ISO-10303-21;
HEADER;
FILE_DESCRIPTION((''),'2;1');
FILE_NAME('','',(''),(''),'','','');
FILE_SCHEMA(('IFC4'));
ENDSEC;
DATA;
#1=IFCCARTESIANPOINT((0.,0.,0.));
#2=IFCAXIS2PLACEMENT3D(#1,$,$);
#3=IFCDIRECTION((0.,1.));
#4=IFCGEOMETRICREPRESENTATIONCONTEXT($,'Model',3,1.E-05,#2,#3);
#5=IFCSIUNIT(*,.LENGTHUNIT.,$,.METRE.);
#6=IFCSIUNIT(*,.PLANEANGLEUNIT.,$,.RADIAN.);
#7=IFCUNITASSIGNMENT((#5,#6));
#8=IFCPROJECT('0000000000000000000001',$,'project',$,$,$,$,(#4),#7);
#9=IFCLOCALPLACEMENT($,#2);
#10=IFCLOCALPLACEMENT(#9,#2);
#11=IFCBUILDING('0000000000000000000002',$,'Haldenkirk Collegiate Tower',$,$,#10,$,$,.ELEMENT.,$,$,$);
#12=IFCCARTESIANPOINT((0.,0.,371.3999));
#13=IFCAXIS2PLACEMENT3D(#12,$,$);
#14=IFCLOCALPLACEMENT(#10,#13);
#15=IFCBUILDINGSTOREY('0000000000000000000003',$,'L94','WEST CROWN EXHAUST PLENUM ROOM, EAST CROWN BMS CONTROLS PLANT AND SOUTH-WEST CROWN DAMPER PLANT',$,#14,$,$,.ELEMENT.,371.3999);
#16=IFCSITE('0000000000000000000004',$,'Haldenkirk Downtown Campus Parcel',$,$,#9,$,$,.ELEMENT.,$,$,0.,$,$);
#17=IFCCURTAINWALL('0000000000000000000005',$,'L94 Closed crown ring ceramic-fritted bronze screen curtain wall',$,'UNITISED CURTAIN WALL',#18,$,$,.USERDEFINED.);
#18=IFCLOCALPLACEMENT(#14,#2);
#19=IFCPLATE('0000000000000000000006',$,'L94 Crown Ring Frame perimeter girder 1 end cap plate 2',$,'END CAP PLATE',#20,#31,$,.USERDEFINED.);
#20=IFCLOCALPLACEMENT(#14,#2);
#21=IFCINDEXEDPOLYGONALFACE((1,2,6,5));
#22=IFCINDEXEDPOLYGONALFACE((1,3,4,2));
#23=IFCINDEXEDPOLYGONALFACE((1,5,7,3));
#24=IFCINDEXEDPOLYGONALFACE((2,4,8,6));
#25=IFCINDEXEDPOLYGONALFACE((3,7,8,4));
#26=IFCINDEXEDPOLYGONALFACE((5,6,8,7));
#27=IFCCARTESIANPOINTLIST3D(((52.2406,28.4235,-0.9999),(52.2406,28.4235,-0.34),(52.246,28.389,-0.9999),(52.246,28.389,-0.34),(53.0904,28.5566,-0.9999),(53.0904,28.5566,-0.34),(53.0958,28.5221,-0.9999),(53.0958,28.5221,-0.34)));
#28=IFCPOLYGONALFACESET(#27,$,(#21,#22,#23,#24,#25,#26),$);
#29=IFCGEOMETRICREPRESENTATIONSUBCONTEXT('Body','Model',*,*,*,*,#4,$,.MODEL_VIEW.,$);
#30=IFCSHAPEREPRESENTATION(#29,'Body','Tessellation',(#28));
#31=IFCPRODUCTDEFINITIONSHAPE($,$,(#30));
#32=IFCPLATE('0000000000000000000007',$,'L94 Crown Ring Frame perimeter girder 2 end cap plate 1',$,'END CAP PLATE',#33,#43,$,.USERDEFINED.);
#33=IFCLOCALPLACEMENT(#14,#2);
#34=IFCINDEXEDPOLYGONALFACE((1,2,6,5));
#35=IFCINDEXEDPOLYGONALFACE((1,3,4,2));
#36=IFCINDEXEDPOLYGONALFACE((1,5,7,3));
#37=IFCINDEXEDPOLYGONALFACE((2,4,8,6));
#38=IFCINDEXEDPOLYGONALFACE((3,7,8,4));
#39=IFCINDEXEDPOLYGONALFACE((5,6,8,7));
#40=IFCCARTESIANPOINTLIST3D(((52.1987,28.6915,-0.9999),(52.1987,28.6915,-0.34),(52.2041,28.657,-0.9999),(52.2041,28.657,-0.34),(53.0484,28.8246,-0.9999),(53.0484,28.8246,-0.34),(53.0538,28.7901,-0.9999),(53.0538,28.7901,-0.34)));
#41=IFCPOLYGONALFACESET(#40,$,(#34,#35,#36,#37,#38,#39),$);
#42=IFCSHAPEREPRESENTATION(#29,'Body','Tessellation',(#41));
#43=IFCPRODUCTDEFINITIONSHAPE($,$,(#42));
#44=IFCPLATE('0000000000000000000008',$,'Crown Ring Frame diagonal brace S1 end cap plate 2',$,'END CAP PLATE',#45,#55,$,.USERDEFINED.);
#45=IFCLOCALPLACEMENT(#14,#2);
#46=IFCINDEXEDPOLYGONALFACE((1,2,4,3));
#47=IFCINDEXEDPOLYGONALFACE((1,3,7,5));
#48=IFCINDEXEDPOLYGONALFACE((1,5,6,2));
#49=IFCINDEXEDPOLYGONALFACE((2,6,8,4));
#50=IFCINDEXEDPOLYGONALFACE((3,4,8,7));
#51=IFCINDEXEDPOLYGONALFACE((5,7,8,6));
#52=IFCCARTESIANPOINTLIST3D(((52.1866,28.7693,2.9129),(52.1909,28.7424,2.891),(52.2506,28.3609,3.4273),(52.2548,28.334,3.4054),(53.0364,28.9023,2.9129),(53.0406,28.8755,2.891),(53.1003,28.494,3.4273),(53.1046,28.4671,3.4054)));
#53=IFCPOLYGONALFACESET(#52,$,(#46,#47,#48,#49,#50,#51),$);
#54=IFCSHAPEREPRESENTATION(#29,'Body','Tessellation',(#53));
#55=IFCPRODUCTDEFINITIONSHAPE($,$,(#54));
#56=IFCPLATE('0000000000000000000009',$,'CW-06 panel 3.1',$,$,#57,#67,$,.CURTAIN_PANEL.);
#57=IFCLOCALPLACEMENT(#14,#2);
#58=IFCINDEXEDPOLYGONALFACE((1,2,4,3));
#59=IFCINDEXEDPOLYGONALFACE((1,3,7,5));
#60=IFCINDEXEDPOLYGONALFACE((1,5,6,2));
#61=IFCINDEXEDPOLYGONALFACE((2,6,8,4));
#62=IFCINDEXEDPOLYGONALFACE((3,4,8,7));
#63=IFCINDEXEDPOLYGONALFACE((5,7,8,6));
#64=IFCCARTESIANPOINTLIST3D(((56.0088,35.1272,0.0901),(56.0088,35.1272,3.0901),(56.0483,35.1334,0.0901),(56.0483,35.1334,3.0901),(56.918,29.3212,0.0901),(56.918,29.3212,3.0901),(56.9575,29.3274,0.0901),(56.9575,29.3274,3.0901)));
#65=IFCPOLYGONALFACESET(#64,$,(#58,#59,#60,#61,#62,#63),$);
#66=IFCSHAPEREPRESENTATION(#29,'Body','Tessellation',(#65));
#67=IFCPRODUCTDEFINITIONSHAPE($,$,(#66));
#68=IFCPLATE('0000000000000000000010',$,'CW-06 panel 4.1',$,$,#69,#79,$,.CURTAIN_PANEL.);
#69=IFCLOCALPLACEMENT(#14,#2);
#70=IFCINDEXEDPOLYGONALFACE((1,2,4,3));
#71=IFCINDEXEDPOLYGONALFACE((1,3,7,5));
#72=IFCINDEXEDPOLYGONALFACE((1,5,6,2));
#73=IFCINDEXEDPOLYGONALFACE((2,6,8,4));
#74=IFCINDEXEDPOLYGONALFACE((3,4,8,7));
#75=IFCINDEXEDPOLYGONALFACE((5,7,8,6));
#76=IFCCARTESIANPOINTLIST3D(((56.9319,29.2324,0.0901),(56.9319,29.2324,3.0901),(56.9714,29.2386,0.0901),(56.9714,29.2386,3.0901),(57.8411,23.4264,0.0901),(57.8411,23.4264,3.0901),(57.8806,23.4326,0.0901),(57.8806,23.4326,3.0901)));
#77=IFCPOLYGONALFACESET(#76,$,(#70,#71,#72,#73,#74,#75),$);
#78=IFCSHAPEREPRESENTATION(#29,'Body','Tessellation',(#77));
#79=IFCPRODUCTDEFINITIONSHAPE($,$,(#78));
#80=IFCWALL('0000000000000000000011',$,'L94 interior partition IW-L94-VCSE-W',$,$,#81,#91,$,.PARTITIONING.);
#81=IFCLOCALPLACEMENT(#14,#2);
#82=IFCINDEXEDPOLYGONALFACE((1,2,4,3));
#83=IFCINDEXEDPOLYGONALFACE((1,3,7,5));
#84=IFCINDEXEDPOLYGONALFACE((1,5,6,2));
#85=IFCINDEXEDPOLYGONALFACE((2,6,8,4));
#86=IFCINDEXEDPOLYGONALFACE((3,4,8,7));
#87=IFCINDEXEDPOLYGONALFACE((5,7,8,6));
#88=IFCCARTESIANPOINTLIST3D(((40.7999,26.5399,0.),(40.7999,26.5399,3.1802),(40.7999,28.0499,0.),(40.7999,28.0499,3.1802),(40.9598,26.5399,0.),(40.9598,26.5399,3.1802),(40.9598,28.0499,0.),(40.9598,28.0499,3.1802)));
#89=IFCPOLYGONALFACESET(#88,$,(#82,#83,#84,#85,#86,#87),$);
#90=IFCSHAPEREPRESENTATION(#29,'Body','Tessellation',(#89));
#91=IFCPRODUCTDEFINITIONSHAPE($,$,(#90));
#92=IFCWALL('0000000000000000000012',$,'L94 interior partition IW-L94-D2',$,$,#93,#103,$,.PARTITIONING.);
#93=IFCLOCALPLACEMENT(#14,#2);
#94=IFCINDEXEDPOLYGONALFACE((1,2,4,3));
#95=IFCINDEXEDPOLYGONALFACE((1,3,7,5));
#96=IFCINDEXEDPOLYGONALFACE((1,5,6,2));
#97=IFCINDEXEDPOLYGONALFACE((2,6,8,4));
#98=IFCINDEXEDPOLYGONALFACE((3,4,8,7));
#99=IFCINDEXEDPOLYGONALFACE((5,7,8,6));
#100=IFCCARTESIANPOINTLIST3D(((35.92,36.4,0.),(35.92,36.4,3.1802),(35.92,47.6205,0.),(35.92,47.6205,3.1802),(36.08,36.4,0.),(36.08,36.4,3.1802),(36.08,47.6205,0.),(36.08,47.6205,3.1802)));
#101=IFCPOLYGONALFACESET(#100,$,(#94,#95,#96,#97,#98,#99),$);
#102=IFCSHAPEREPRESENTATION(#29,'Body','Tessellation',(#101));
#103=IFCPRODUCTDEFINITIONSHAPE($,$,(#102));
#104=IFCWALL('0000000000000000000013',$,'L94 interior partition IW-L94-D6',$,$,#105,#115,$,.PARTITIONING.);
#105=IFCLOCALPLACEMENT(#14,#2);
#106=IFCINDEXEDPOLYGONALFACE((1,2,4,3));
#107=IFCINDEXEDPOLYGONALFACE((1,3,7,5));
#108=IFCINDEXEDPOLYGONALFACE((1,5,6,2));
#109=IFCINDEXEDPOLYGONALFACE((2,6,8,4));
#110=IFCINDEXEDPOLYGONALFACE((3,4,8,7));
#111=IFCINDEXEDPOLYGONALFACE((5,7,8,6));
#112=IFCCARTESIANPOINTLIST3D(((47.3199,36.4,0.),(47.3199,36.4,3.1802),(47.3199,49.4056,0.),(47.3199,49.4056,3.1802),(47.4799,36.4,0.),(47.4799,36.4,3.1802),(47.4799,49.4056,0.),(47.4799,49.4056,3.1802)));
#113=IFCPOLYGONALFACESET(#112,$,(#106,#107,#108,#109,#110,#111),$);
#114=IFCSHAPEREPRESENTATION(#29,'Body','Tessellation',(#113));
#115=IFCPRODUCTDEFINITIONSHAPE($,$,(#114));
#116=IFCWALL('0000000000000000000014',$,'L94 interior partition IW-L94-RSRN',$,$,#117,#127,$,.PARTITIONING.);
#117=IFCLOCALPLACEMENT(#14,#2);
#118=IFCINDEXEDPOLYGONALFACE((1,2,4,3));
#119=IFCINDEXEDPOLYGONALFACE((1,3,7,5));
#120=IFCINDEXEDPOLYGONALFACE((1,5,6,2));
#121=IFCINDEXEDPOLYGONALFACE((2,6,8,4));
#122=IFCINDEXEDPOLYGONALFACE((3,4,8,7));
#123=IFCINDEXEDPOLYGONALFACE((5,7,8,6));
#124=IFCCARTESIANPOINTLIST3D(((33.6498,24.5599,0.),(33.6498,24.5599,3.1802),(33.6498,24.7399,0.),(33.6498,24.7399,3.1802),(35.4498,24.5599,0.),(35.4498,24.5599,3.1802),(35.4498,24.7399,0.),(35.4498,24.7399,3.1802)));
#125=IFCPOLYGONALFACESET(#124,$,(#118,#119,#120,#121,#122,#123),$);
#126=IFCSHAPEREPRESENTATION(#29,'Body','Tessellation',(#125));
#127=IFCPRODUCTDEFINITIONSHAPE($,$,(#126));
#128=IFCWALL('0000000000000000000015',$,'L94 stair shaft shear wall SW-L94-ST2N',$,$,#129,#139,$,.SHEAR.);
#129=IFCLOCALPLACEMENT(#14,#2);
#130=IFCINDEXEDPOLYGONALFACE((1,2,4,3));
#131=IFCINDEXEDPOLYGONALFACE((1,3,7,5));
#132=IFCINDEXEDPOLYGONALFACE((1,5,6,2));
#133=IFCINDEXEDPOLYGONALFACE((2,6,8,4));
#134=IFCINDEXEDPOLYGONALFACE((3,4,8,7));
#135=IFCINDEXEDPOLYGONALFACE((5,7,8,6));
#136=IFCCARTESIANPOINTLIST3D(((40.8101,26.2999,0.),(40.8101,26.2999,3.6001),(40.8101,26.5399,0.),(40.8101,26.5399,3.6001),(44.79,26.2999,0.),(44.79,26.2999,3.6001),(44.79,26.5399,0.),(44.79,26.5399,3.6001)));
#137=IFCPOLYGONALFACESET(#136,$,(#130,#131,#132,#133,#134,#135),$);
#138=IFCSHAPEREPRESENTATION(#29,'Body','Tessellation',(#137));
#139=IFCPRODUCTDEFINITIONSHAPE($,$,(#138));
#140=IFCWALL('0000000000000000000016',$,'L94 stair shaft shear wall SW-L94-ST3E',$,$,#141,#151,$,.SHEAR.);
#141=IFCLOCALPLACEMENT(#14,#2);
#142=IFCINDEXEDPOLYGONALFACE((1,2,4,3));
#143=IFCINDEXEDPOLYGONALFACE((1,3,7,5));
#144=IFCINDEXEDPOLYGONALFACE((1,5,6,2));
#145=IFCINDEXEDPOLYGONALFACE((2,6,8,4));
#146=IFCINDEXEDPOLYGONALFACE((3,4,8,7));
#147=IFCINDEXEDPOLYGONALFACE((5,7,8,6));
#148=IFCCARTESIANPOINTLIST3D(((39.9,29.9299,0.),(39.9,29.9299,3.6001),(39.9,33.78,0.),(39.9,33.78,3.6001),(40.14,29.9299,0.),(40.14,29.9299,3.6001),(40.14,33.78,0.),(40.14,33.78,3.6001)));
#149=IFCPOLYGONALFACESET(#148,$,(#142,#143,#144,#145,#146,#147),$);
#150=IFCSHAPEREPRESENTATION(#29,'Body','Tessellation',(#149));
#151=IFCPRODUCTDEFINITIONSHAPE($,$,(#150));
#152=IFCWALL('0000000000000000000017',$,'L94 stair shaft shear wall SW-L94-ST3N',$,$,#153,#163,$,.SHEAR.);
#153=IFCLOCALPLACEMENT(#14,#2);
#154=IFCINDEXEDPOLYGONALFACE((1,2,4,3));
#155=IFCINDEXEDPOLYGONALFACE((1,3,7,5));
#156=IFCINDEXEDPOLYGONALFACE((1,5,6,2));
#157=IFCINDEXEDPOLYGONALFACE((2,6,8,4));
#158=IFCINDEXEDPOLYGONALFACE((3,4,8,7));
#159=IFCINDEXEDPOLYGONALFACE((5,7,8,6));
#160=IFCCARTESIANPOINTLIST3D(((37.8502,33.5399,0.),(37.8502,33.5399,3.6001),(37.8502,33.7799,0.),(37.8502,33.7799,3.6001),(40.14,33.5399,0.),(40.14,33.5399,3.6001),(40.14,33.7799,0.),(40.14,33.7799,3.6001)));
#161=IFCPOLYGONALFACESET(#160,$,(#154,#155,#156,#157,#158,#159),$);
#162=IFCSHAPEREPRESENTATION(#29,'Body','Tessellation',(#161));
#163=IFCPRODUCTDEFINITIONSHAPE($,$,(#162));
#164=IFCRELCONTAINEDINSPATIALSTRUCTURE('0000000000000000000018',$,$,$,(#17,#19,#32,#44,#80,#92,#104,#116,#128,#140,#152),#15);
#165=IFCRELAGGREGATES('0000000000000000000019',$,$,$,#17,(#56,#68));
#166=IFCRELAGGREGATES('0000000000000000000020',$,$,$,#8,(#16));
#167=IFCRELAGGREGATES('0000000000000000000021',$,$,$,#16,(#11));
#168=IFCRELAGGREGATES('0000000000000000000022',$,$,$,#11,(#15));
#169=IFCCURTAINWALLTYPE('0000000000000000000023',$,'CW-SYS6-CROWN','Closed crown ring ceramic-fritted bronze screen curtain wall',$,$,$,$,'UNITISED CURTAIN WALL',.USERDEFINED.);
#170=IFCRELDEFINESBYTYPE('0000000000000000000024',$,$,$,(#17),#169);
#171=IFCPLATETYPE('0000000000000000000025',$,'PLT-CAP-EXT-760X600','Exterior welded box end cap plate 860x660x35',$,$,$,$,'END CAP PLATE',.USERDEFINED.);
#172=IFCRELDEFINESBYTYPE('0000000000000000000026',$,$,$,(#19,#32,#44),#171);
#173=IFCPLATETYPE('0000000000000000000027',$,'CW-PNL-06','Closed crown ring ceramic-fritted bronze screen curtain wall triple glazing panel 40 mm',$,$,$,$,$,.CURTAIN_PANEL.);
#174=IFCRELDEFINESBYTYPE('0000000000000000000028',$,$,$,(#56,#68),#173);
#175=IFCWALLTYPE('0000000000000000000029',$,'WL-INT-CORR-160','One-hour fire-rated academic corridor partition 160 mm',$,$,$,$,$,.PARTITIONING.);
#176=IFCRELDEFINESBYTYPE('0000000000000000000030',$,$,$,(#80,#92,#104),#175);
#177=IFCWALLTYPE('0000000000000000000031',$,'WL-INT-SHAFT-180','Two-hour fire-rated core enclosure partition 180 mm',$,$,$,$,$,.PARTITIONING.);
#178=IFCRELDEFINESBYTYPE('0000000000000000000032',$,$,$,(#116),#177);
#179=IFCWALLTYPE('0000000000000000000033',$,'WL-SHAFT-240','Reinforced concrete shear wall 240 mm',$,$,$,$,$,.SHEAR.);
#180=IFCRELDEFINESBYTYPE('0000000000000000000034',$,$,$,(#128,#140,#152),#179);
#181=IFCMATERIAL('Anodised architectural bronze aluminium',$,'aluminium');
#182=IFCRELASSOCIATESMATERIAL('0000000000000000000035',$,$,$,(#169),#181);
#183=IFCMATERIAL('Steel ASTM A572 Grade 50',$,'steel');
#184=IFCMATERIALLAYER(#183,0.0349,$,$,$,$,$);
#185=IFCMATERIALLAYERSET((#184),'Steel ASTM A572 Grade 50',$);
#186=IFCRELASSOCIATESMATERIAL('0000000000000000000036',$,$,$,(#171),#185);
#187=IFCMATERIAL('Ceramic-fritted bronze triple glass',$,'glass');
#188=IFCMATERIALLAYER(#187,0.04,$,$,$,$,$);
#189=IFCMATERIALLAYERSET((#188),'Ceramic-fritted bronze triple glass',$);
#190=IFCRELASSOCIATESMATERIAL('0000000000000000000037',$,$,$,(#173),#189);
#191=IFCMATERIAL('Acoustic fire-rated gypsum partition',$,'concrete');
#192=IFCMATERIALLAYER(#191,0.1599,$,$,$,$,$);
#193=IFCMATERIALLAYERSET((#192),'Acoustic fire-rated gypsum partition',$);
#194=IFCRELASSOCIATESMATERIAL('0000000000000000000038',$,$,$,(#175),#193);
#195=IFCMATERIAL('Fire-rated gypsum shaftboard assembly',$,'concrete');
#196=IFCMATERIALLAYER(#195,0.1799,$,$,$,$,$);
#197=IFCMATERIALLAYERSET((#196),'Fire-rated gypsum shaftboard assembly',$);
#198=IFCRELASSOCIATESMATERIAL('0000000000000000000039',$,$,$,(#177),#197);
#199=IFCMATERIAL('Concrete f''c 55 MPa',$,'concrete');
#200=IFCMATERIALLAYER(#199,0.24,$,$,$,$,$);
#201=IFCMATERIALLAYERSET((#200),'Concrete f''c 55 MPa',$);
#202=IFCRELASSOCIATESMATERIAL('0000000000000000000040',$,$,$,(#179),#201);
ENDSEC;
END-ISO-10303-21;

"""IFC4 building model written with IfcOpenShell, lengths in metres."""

from ifc_helpers import new_model, si_unit, direction, frame, frame_2d, origin, origin_2d, place, context, subcontext, project, spatial, rectangle, extrude, source, transform, mapped, material, layer, layer_set, type_object, element, aggregate, save


model = new_model("IFC4")

# Units and contexts
model_context = context("Model", 3, precision=1e-05, world=origin(), true_north=direction((0.0, 1.0)))
body_context = subcontext(model_context, "Body", "Model", "MODEL_VIEW")
ifc_project = project(units=[si_unit("LENGTHUNIT", "METRE"), si_unit("PLANEANGLEUNIT", "RADIAN")], contexts=[model_context])

# Site, building, storey
site_placement = place(None, origin())
site = spatial("IfcSite", under=ifc_project, at=site_placement, Name="Haldenkirk Downtown Campus Parcel", CompositionType="ELEMENT", RefElevation=0.0)
building_placement = place(site_placement, origin())
building = spatial("IfcBuilding", under=site, at=building_placement, Name="Haldenkirk Collegiate Tower", CompositionType="ELEMENT")
storey_placement = place(building_placement, frame((0.0, 0.0, 371.3999)))
storey = spatial("IfcBuildingStorey", under=building, at=storey_placement, Name="L94", Description="WEST CROWN EXHAUST PLENUM ROOM, EAST CROWN BMS CONTROLS PLANT AND SOUTH-WEST CROWN DAMPER PLANT", CompositionType="ELEMENT", Elevation=371.3999)

# Shared definitions
ifc_material_1 = material(Name="Steel ASTM A572 Grade 50", Category="steel")

# Curtain wall
ifc_material_2 = material(Name="Anodised architectural bronze aluminium", Category="aluminium")
curtain_wall_type = type_object("IfcCurtainWallType", Name="CW-SYS6-CROWN", Description="Closed crown ring ceramic-fritted bronze screen curtain wall", ElementType="UNITISED CURTAIN WALL", PredefinedType="USERDEFINED", material=ifc_material_2)
curtain_wall_placement = place(storey_placement, origin())
curtain_wall = element("IfcCurtainWall", 1, at=curtain_wall_placement, inside=storey, type_object=curtain_wall_type, Name="L94 Closed crown ring ceramic-fritted bronze screen curtain wall", ObjectType="UNITISED CURTAIN WALL", PredefinedType="USERDEFINED")

# Plates
ifc_layer_1 = layer(ifc_material_1, 0.0349)
ifc_layer_set_1 = layer_set([ifc_layer_1], Name="Steel ASTM A572 Grade 50")
plate_type_1 = type_object("IfcPlateType", Name="PLT-CAP-EXT-760X600", Description="Exterior welded box end cap plate 860x660x35", ElementType="END CAP PLATE", PredefinedType="USERDEFINED", material=ifc_layer_set_1)
shared_shape_1 = source(origin(), body_context, "Body", "SweptSolid", [
    extrude(rectangle(XDim=0.8601, YDim=0.6599, at=origin_2d()), origin(), (0.0, 0.0, 1.0), 0.0349),
])
for number, where, z_axis, x_axis, name in (
    (2, (52.6709, 28.4556, -0.6699), (-0.154711, 0.98796, 0.0), (-0.98796, -0.154711, 0.0), "L94 Crown Ring Frame perimeter girder 1 end cap plate 2"),
    (3, (52.6235, 28.7581, -0.6699), (0.154711, -0.98796, 0.0), (0.98796, 0.154711, 0.0), "L94 Crown Ring Frame perimeter girder 2 end cap plate 1"),
    (4, (52.6477, 28.6047, 3.1482), (-0.120601, 0.770143, 0.626367), (-0.98796, -0.15471, 0.0), "Crown Ring Frame diagonal brace S1 end cap plate 2"),
):
    element("IfcPlate", number, at=place(storey_placement, frame(where, z_axis=z_axis, x_axis=x_axis)), inside=storey, type_object=plate_type_1, Name=name, ObjectType="END CAP PLATE", PredefinedType="USERDEFINED", context=body_context, shape_type="MappedRepresentation", body=[
        mapped(shared_shape_1, transform((0.0, 0.0, 0.0), x_axis=(1.0, 0.0, 0.0), y_axis=(0.0, 1.0, 0.0), z_axis=(0.0, 0.0, 1.0), scale=1.0)),
    ])

# Plates
ifc_material_3 = material(Name="Ceramic-fritted bronze triple glass", Category="glass")
ifc_layer_2 = layer(ifc_material_3, 0.04)
ifc_layer_set_2 = layer_set([ifc_layer_2], Name="Ceramic-fritted bronze triple glass")
plate_type_2 = type_object("IfcPlateType", Name="CW-PNL-06", Description="Closed crown ring ceramic-fritted bronze screen curtain wall triple glazing panel 40 mm", PredefinedType="CURTAIN_PANEL", material=ifc_layer_set_2)
shared_shape_2 = source(origin(), body_context, "Body", "SweptSolid", [
    extrude(rectangle(XDim=5.8767, YDim=0.04, at=origin_2d()), origin(), (0.0, 0.0, 1.0), 3.0),
])
plate_1_placement = place(storey_placement, frame((56.4832, 32.2273, 0.0901), z_axis=(0.0, 0.0, 1.0), x_axis=(0.154713, -0.98796, 0.0)))
plate_1 = element("IfcPlate", 5, at=plate_1_placement, type_object=plate_type_2, Name="CW-06 panel 3.1", PredefinedType="CURTAIN_PANEL", context=body_context, shape_type="MappedRepresentation", body=[
    mapped(shared_shape_2, transform((0.0, 0.0, 0.0), x_axis=(1.0, 0.0, 0.0), y_axis=(0.0, 1.0, 0.0), z_axis=(0.0, 0.0, 1.0), scale=1.0)),
])
plate_2_placement = place(storey_placement, frame((57.4062, 26.3325, 0.0901), z_axis=(0.0, 0.0, 1.0), x_axis=(0.154713, -0.98796, 0.0)))
plate_2 = element("IfcPlate", 6, at=plate_2_placement, type_object=plate_type_2, Name="CW-06 panel 4.1", PredefinedType="CURTAIN_PANEL", context=body_context, shape_type="MappedRepresentation", body=[
    mapped(shared_shape_2, transform((0.0, 0.0, 0.0), x_axis=(1.0, 0.0, 0.0), y_axis=(0.0, 1.0, 0.0), z_axis=(0.0, 0.0, 1.0), scale=1.0)),
])
aggregate(curtain_wall, [plate_1, plate_2])

# Shared definitions
ifc_material_4 = material(Name="Acoustic fire-rated gypsum partition", Category="concrete")
ifc_layer_3 = layer(ifc_material_4, 0.1599)
ifc_layer_set_3 = layer_set([ifc_layer_3], Name="Acoustic fire-rated gypsum partition")
wall_type_1 = type_object("IfcWallType", Name="WL-INT-CORR-160", Description="One-hour fire-rated academic corridor partition 160 mm", PredefinedType="PARTITIONING", material=ifc_layer_set_3)

# Wall
wall_1_placement = place(storey_placement, frame((40.8799, 26.54, 0.0), z_axis=(0.0, 0.0, 1.0), x_axis=(0.0, 1.0, 0.0)))
element("IfcWall", 7, at=wall_1_placement, inside=storey, type_object=wall_type_1, Name="L94 interior partition IW-L94-VCSE-W", PredefinedType="PARTITIONING", context=body_context, shape_type="SweptSolid", body=[
    extrude(rectangle(XDim=1.51, YDim=0.1599, at=frame_2d((0.7549, 0.0))), origin(), (0.0, 0.0, 1.0), 3.1802),
])

# Walls
wall_2_placement = place(storey_placement, frame((36.0, 36.3999, 0.0), z_axis=(0.0, 0.0, 1.0), x_axis=(0.0, 1.0, 0.0)))
element("IfcWall", 8, at=wall_2_placement, inside=storey, type_object=wall_type_1, Name="L94 interior partition IW-L94-D2", PredefinedType="PARTITIONING", context=body_context, shape_type="SweptSolid", body=[
    extrude(rectangle(XDim=11.2205, YDim=0.1599, at=frame_2d((5.6104, 0.0))), origin(), (0.0, 0.0, 1.0), 3.1802),
])
wall_3_placement = place(storey_placement, frame((47.3999, 36.3999, 0.0), z_axis=(0.0, 0.0, 1.0), x_axis=(0.0, 1.0, 0.0)))
element("IfcWall", 9, at=wall_3_placement, inside=storey, type_object=wall_type_1, Name="L94 interior partition IW-L94-D6", PredefinedType="PARTITIONING", context=body_context, shape_type="SweptSolid", body=[
    extrude(rectangle(XDim=13.0056, YDim=0.1599, at=frame_2d((6.5029, 0.0))), origin(), (0.0, 0.0, 1.0), 3.1802),
])
ifc_material_5 = material(Name="Fire-rated gypsum shaftboard assembly", Category="concrete")
ifc_layer_4 = layer(ifc_material_5, 0.1799)
ifc_layer_set_4 = layer_set([ifc_layer_4], Name="Fire-rated gypsum shaftboard assembly")
wall_type_2 = type_object("IfcWallType", Name="WL-INT-SHAFT-180", Description="Two-hour fire-rated core enclosure partition 180 mm", PredefinedType="PARTITIONING", material=ifc_layer_set_4)
wall_4_placement = place(storey_placement, frame((33.6499, 24.6499, 0.0), z_axis=(0.0, 0.0, 1.0), x_axis=(1.0, 0.0, 0.0)))
element("IfcWall", 10, at=wall_4_placement, inside=storey, type_object=wall_type_2, Name="L94 interior partition IW-L94-RSRN", PredefinedType="PARTITIONING", context=body_context, shape_type="SweptSolid", body=[
    extrude(rectangle(XDim=1.8, YDim=0.1799, at=frame_2d((0.8999, 0.0))), origin(), (0.0, 0.0, 1.0), 3.1802),
])
ifc_material_6 = material(Name="Concrete f'c 55 MPa", Category="concrete")
ifc_layer_5 = layer(ifc_material_6, 0.24)
ifc_layer_set_5 = layer_set([ifc_layer_5], Name="Concrete f'c 55 MPa")
wall_type_3 = type_object("IfcWallType", Name="WL-SHAFT-240", Description="Reinforced concrete shear wall 240 mm", PredefinedType="SHEAR", material=ifc_layer_set_5)
wall_5_placement = place(storey_placement, frame((40.8101, 26.4199, 0.0), z_axis=(0.0, 0.0, 1.0), x_axis=(1.0, 0.0, 0.0)))
element("IfcWall", 11, at=wall_5_placement, inside=storey, type_object=wall_type_3, Name="L94 stair shaft shear wall SW-L94-ST2N", PredefinedType="SHEAR", context=body_context, shape_type="SweptSolid", body=[
    extrude(rectangle(XDim=3.98, YDim=0.24, at=frame_2d((1.99, 0.0))), origin(), (0.0, 0.0, 1.0), 3.6001),
])
wall_6_placement = place(storey_placement, frame((40.02, 29.9299, 0.0), z_axis=(0.0, 0.0, 1.0), x_axis=(0.0, 1.0, 0.0)))
element("IfcWall", 12, at=wall_6_placement, inside=storey, type_object=wall_type_3, Name="L94 stair shaft shear wall SW-L94-ST3E", PredefinedType="SHEAR", context=body_context, shape_type="SweptSolid", body=[
    extrude(rectangle(XDim=3.8501, YDim=0.24, at=frame_2d((1.925, 0.0))), origin(), (0.0, 0.0, 1.0), 3.6001),
])
wall_7_placement = place(storey_placement, frame((37.8501, 33.6599, 0.0), z_axis=(0.0, 0.0, 1.0), x_axis=(1.0, 0.0, 0.0)))
element("IfcWall", 13, at=wall_7_placement, inside=storey, type_object=wall_type_3, Name="L94 stair shaft shear wall SW-L94-ST3N", PredefinedType="SHEAR", context=body_context, shape_type="SweptSolid", body=[
    extrude(rectangle(XDim=2.2898, YDim=0.24, at=frame_2d((1.145, 0.0))), origin(), (0.0, 0.0, 1.0), 3.6001),
])

save(model, "model.ifc")
